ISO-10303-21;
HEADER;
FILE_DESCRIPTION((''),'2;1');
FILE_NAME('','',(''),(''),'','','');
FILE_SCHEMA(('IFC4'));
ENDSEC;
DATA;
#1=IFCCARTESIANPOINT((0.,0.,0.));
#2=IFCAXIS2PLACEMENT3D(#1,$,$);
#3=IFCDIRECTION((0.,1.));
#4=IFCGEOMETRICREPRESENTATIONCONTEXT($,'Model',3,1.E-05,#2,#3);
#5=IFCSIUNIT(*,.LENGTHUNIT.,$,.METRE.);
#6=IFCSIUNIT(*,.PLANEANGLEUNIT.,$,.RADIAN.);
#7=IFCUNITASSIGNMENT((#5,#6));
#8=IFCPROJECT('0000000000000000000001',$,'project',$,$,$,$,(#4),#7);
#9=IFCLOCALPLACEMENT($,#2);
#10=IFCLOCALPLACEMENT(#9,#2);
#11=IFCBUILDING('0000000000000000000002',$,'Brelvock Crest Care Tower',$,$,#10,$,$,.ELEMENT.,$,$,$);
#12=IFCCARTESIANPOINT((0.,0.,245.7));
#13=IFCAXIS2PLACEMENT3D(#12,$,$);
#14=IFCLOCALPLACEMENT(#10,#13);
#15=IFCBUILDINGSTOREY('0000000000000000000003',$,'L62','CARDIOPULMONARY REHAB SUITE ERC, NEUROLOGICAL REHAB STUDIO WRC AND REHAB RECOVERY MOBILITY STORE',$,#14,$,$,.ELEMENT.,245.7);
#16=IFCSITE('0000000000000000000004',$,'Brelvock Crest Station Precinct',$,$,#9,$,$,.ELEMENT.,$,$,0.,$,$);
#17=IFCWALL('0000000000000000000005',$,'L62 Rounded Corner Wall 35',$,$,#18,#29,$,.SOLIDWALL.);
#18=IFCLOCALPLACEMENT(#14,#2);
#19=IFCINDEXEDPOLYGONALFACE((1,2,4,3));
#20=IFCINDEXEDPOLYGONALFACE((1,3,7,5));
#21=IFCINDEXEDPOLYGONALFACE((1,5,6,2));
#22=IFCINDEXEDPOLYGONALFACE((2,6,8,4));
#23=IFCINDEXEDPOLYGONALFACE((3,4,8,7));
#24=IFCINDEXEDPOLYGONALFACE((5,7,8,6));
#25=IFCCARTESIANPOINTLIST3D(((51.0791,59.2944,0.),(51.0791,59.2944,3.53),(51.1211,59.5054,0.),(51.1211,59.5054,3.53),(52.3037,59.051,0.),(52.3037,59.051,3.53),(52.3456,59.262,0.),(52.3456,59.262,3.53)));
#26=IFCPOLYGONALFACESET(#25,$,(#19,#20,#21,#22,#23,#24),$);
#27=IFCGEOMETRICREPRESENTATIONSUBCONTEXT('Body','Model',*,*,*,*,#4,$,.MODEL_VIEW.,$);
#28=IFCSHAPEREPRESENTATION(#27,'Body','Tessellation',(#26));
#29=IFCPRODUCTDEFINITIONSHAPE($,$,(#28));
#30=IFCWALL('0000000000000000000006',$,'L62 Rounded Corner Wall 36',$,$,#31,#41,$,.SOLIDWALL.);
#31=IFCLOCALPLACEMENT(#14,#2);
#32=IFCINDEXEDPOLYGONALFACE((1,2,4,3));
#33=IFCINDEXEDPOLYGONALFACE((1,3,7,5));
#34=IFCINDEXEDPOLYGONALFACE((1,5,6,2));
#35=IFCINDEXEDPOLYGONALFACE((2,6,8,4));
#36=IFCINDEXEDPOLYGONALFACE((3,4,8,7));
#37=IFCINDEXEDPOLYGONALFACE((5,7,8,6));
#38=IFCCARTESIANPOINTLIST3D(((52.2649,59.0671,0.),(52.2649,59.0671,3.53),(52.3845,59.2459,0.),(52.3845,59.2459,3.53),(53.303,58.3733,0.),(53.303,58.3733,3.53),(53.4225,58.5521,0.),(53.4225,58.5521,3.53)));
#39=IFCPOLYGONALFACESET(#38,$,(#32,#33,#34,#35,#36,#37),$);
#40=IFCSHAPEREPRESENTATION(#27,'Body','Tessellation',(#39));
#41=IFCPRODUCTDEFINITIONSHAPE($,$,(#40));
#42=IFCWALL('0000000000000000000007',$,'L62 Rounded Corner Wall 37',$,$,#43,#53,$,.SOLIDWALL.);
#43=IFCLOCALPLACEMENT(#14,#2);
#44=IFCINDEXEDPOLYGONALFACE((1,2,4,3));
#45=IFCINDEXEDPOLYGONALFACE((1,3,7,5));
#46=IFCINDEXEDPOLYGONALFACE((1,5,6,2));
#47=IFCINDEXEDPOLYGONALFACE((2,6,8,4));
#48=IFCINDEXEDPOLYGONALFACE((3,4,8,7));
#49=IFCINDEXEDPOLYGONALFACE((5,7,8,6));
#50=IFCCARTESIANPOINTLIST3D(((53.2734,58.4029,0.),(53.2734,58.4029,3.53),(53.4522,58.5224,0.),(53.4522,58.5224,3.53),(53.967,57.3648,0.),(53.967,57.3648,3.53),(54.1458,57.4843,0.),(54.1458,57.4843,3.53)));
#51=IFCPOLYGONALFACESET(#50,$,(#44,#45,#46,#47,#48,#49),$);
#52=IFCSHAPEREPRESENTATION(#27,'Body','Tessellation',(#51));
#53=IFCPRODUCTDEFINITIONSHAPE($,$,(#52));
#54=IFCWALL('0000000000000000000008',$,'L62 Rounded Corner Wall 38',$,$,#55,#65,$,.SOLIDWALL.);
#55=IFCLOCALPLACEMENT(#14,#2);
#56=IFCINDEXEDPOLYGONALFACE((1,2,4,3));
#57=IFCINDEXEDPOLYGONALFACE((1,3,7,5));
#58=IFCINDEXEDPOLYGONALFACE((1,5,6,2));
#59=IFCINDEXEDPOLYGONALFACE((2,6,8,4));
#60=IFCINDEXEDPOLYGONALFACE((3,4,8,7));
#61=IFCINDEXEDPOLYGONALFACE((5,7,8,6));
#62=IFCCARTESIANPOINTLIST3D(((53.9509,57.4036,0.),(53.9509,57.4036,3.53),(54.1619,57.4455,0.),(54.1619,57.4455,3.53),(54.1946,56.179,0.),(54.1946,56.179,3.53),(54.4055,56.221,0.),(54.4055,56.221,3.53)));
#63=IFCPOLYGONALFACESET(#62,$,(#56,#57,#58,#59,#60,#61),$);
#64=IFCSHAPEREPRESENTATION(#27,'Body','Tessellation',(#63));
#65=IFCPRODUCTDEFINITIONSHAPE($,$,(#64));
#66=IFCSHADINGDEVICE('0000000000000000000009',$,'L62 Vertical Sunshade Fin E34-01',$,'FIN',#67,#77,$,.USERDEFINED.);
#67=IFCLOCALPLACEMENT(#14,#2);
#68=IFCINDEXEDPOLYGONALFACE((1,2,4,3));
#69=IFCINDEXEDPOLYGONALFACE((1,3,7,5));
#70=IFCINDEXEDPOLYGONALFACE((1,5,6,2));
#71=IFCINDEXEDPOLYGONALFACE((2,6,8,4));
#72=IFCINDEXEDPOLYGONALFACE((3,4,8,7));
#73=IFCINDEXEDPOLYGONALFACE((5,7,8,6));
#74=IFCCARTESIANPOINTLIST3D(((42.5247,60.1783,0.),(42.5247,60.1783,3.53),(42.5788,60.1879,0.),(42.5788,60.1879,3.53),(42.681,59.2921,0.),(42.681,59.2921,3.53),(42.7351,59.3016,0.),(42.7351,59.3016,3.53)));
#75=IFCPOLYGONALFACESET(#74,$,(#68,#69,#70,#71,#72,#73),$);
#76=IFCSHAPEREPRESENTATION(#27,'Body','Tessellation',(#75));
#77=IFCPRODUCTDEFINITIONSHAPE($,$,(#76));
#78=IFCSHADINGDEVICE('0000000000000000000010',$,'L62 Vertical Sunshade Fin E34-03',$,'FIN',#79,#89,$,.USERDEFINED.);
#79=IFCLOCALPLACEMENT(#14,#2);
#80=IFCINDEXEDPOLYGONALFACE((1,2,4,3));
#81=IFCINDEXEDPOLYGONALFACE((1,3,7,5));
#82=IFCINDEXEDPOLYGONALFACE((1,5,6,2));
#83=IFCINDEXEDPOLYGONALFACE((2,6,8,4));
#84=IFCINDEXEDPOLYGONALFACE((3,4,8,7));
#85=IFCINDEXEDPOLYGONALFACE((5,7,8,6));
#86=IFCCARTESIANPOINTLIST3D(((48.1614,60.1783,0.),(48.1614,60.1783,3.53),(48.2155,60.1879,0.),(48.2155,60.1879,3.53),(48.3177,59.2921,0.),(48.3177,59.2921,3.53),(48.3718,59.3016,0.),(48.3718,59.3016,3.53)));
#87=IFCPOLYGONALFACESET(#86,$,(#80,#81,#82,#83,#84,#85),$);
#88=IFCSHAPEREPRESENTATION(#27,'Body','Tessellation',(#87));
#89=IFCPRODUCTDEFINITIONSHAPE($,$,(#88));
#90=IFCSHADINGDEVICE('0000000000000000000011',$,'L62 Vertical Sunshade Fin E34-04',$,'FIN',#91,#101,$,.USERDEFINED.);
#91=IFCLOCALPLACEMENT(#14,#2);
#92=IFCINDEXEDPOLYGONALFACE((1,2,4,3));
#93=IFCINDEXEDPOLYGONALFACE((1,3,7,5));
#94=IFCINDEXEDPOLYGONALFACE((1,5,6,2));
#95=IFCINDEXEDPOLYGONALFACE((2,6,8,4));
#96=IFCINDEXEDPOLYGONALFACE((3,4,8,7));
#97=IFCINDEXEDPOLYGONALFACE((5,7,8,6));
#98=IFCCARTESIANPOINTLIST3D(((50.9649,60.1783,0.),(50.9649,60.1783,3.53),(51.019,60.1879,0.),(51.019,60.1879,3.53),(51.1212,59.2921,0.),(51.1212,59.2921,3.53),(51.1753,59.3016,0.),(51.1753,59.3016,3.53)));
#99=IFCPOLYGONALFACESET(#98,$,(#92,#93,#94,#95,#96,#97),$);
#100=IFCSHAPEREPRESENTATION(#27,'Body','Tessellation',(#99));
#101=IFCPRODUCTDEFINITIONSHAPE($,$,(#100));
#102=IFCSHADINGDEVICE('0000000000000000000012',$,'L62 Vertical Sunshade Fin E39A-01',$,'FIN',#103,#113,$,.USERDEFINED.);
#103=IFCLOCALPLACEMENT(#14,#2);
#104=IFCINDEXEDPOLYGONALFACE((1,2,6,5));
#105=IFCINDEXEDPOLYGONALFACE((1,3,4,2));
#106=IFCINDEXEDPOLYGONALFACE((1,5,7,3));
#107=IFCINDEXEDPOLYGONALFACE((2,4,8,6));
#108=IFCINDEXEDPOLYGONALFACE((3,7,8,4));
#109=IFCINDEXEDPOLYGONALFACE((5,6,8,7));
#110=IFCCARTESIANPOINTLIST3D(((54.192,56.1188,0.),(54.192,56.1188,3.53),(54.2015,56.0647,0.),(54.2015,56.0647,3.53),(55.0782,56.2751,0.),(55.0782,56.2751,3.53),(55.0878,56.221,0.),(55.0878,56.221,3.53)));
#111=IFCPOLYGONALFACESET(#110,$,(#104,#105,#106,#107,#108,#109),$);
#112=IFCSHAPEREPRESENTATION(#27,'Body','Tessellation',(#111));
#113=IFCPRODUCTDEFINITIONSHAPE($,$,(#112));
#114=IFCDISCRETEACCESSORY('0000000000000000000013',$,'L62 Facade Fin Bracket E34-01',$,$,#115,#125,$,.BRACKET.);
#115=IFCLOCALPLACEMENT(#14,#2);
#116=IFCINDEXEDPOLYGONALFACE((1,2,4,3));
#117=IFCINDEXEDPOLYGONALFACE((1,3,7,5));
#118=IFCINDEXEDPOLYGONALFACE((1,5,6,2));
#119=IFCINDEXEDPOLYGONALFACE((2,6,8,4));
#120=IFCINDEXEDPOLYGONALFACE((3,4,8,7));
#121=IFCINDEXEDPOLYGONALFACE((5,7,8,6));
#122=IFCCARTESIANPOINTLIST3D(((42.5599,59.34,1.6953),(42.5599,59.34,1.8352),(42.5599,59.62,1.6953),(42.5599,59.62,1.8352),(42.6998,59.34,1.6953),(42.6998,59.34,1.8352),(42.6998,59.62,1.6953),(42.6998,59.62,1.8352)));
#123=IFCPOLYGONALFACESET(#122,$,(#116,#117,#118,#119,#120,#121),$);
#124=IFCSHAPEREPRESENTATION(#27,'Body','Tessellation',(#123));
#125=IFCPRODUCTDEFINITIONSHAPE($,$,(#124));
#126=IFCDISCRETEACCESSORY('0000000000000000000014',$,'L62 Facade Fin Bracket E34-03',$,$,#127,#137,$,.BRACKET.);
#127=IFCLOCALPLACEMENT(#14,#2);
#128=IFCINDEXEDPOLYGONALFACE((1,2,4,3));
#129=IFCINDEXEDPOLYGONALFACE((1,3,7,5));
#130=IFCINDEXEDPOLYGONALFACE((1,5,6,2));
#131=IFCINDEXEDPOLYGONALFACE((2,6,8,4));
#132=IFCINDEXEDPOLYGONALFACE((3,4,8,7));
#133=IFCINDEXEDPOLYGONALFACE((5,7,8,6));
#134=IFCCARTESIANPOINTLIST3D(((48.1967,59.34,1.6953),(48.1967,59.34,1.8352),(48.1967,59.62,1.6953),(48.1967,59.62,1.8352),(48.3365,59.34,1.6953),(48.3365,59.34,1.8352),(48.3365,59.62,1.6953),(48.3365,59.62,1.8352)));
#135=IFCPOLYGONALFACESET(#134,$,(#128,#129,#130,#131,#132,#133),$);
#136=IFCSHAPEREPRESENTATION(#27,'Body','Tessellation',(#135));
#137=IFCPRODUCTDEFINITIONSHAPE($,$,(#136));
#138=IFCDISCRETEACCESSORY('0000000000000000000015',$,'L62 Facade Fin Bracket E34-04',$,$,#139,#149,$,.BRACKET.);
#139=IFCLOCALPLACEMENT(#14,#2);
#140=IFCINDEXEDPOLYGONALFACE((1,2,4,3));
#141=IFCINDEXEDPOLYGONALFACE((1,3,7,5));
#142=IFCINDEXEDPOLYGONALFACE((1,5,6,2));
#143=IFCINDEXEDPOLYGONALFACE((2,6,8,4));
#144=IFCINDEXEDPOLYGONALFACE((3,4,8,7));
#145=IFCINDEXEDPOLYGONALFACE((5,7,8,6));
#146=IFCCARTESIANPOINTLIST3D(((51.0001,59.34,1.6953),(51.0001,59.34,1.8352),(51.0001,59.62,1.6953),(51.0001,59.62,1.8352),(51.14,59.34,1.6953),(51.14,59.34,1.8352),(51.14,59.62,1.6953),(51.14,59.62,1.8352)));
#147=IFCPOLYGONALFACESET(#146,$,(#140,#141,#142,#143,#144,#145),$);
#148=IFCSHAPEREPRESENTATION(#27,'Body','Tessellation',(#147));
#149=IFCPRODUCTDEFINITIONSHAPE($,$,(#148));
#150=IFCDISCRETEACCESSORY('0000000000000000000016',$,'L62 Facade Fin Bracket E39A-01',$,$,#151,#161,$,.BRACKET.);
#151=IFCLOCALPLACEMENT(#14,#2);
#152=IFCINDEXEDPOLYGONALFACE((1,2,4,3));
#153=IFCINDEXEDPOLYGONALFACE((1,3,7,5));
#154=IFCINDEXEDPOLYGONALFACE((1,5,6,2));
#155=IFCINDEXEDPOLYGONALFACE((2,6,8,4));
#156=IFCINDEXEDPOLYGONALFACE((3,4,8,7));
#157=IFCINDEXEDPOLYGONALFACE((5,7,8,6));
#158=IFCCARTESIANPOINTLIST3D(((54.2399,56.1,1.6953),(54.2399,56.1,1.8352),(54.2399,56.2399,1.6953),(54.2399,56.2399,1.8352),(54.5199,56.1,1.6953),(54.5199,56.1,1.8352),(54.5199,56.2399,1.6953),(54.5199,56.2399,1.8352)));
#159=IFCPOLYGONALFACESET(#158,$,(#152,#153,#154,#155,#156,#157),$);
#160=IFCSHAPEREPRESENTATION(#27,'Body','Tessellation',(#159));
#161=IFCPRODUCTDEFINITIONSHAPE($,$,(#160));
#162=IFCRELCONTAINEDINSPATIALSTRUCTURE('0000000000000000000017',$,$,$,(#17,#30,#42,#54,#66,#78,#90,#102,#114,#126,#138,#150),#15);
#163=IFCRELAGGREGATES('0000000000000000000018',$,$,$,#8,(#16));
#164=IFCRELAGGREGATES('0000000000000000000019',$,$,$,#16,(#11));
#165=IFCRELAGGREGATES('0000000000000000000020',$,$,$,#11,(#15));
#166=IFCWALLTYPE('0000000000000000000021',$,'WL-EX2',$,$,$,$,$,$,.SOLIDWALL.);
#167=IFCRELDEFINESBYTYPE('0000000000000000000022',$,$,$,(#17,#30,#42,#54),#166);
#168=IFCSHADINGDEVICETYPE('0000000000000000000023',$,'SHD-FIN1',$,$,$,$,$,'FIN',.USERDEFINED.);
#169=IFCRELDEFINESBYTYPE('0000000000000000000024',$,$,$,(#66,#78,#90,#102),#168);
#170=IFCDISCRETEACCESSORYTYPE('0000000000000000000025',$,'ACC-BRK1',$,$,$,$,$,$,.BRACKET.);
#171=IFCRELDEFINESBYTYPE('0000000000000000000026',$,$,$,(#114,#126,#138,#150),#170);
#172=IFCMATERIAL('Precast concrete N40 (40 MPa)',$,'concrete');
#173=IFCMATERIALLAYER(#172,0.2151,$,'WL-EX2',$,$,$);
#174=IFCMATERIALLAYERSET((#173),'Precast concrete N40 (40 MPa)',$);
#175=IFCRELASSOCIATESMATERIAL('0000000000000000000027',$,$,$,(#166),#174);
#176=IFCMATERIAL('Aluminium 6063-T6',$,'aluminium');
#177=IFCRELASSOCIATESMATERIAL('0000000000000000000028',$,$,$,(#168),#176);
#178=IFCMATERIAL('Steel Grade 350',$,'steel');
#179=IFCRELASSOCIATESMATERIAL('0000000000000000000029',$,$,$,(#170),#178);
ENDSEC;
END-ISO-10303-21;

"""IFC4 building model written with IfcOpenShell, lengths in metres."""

from ifc_helpers import new_model, si_unit, direction, frame, frame_2d, origin, origin_2d, place, context, subcontext, project, spatial, rectangle, extrude, source, transform, mapped, material, layer, layer_set, material_profile, profile_set, type_object, element, save


model = new_model("IFC4")

# Units and contexts
model_context = context("Model", 3, precision=1e-05, world=origin(), true_north=direction((0.0, 1.0)))
body_context = subcontext(model_context, "Body", "Model", "MODEL_VIEW")
ifc_project = project(units=[si_unit("LENGTHUNIT", "METRE"), si_unit("PLANEANGLEUNIT", "RADIAN")], contexts=[model_context])

# Site, building, storey
site_placement = place(None, origin())
site = spatial("IfcSite", under=ifc_project, at=site_placement, Name="Brelvock Crest Station Precinct", CompositionType="ELEMENT", RefElevation=0.0)
building_placement = place(site_placement, origin())
building = spatial("IfcBuilding", under=site, at=building_placement, Name="Brelvock Crest Care Tower", CompositionType="ELEMENT")
storey_placement = place(building_placement, frame((0.0, 0.0, 245.7)))
storey = spatial("IfcBuildingStorey", under=building, at=storey_placement, Name="L62", Description="CARDIOPULMONARY REHAB SUITE ERC, NEUROLOGICAL REHAB STUDIO WRC AND REHAB RECOVERY MOBILITY STORE", CompositionType="ELEMENT", Elevation=245.7)

# Shared definitions
ifc_material_1 = material(Name="Steel Grade 350", Category="steel")

# Shared definitions
ifc_material_2 = material(Name="Aluminium 6063-T6", Category="aluminium")

# Walls
ifc_material_3 = material(Name="Precast concrete N40 (40 MPa)", Category="concrete")
ifc_layer_1 = layer(ifc_material_3, 0.2151, Name="WL-EX2")
ifc_layer_set_1 = layer_set([ifc_layer_1], Name="Precast concrete N40 (40 MPa)")
wall_type = type_object("IfcWallType", Name="WL-EX2", PredefinedType="SOLIDWALL", material=ifc_layer_set_1)
for number, where, z_axis, x_axis, name in (
    (1, (51.1001, 59.3999, 0.0), (0.0, 0.0, 1.0), (0.980813, -0.19495, 0.0), "L62 Rounded Corner Wall 35"),
    (2, (52.3247, 59.1565, 0.0), (0.0, 0.0, 1.0), (0.831388, -0.555692, 0.0), "L62 Rounded Corner Wall 36"),
    (3, (53.3628, 58.4626, 0.0), (0.0, 0.0, 1.0), (0.555557, -0.831478, 0.0), "L62 Rounded Corner Wall 37"),
    (4, (54.0564, 57.4246, 0.0), (0.0, 0.0, 1.0), (0.195138, -0.980776, 0.0), "L62 Rounded Corner Wall 38"),
):
    element("IfcWall", number, at=place(storey_placement, frame(where, z_axis=z_axis, x_axis=x_axis)), inside=storey, type_object=wall_type, Name=name, PredefinedType="SOLIDWALL", context=body_context, shape_type="SweptSolid", body=[
        extrude(rectangle(XDim=1.2485, YDim=0.2151, at=frame_2d((0.6243, 0.0))), origin(), (0.0, 0.0, 1.0), 3.53),
    ])

# Shading devices
ifc_material_profile_1 = material_profile(ifc_material_2, rectangle(XDim=0.0549, YDim=0.8999, at=origin_2d()), Name="FIN55x900")
ifc_profile_set_1 = profile_set([ifc_material_profile_1], Name="Aluminium 6063-T6")
shading_device_type = type_object("IfcShadingDeviceType", Name="SHD-FIN1", ElementType="FIN", PredefinedType="USERDEFINED", material=ifc_profile_set_1)
shared_shape_1 = source(origin(), body_context, "Body", "SweptSolid", [
    extrude(rectangle(XDim=0.0549, YDim=0.8999, at=origin_2d()), origin(), (0.0, 0.0, 1.0), 3.53),
])
for number, where, z_axis, x_axis, name in (
    (5, (42.6299, 59.74, 0.0), (0.0, 0.0, 1.0), (0.984808, 0.173648, 0.0), "L62 Vertical Sunshade Fin E34-01"),
    (6, (48.2666, 59.74, 0.0), (0.0, 0.0, 1.0), (0.984808, 0.173648, 0.0), "L62 Vertical Sunshade Fin E34-03"),
    (7, (51.0701, 59.74, 0.0), (0.0, 0.0, 1.0), (0.984808, 0.173648, 0.0), "L62 Vertical Sunshade Fin E34-04"),
    (8, (54.6399, 56.1699, 0.0), (0.0, 0.0, 1.0), (0.173648, -0.984808, 0.0), "L62 Vertical Sunshade Fin E39A-01"),
):
    element("IfcShadingDevice", number, at=place(storey_placement, frame(where, z_axis=z_axis, x_axis=x_axis)), inside=storey, type_object=shading_device_type, Name=name, ObjectType="FIN", PredefinedType="USERDEFINED", context=body_context, shape_type="MappedRepresentation", body=[
        mapped(shared_shape_1, transform((0.0, 0.0, 0.0), x_axis=(1.0, 0.0, 0.0), y_axis=(0.0, 1.0, 0.0), z_axis=(0.0, 0.0, 1.0), scale=1.0)),
    ])

# Discrete accessories
discrete_accessory_type = type_object("IfcDiscreteAccessoryType", Name="ACC-BRK1", PredefinedType="BRACKET", material=ifc_material_1)
shared_shape_2 = source(origin(), body_context, "Body", "SweptSolid", [
    extrude(rectangle(XDim=0.28, YDim=0.1399, at=origin_2d()), origin(), (0.0, 0.0, 1.0), 0.1399),
])
for number, where, z_axis, x_axis, name in (
    (9, (42.6299, 59.48, 1.6953), (0.0, 0.0, 1.0), (0.0, 1.0, 0.0), "L62 Facade Fin Bracket E34-01"),
    (10, (48.2666, 59.48, 1.6953), (0.0, 0.0, 1.0), (0.0, 1.0, 0.0), "L62 Facade Fin Bracket E34-03"),
    (11, (51.0701, 59.48, 1.6953), (0.0, 0.0, 1.0), (0.0, 1.0, 0.0), "L62 Facade Fin Bracket E34-04"),
    (12, (54.3799, 56.1699, 1.6953), (0.0, 0.0, 1.0), (1.0, 0.0, 0.0), "L62 Facade Fin Bracket E39A-01"),
):
    element("IfcDiscreteAccessory", number, at=place(storey_placement, frame(where, z_axis=z_axis, x_axis=x_axis)), inside=storey, type_object=discrete_accessory_type, Name=name, PredefinedType="BRACKET", context=body_context, shape_type="MappedRepresentation", body=[
        mapped(shared_shape_2, transform((0.0, 0.0, 0.0), x_axis=(1.0, 0.0, 0.0), y_axis=(0.0, 1.0, 0.0), z_axis=(0.0, 0.0, 1.0), scale=1.0)),
    ])

save(model, "model.ifc")
